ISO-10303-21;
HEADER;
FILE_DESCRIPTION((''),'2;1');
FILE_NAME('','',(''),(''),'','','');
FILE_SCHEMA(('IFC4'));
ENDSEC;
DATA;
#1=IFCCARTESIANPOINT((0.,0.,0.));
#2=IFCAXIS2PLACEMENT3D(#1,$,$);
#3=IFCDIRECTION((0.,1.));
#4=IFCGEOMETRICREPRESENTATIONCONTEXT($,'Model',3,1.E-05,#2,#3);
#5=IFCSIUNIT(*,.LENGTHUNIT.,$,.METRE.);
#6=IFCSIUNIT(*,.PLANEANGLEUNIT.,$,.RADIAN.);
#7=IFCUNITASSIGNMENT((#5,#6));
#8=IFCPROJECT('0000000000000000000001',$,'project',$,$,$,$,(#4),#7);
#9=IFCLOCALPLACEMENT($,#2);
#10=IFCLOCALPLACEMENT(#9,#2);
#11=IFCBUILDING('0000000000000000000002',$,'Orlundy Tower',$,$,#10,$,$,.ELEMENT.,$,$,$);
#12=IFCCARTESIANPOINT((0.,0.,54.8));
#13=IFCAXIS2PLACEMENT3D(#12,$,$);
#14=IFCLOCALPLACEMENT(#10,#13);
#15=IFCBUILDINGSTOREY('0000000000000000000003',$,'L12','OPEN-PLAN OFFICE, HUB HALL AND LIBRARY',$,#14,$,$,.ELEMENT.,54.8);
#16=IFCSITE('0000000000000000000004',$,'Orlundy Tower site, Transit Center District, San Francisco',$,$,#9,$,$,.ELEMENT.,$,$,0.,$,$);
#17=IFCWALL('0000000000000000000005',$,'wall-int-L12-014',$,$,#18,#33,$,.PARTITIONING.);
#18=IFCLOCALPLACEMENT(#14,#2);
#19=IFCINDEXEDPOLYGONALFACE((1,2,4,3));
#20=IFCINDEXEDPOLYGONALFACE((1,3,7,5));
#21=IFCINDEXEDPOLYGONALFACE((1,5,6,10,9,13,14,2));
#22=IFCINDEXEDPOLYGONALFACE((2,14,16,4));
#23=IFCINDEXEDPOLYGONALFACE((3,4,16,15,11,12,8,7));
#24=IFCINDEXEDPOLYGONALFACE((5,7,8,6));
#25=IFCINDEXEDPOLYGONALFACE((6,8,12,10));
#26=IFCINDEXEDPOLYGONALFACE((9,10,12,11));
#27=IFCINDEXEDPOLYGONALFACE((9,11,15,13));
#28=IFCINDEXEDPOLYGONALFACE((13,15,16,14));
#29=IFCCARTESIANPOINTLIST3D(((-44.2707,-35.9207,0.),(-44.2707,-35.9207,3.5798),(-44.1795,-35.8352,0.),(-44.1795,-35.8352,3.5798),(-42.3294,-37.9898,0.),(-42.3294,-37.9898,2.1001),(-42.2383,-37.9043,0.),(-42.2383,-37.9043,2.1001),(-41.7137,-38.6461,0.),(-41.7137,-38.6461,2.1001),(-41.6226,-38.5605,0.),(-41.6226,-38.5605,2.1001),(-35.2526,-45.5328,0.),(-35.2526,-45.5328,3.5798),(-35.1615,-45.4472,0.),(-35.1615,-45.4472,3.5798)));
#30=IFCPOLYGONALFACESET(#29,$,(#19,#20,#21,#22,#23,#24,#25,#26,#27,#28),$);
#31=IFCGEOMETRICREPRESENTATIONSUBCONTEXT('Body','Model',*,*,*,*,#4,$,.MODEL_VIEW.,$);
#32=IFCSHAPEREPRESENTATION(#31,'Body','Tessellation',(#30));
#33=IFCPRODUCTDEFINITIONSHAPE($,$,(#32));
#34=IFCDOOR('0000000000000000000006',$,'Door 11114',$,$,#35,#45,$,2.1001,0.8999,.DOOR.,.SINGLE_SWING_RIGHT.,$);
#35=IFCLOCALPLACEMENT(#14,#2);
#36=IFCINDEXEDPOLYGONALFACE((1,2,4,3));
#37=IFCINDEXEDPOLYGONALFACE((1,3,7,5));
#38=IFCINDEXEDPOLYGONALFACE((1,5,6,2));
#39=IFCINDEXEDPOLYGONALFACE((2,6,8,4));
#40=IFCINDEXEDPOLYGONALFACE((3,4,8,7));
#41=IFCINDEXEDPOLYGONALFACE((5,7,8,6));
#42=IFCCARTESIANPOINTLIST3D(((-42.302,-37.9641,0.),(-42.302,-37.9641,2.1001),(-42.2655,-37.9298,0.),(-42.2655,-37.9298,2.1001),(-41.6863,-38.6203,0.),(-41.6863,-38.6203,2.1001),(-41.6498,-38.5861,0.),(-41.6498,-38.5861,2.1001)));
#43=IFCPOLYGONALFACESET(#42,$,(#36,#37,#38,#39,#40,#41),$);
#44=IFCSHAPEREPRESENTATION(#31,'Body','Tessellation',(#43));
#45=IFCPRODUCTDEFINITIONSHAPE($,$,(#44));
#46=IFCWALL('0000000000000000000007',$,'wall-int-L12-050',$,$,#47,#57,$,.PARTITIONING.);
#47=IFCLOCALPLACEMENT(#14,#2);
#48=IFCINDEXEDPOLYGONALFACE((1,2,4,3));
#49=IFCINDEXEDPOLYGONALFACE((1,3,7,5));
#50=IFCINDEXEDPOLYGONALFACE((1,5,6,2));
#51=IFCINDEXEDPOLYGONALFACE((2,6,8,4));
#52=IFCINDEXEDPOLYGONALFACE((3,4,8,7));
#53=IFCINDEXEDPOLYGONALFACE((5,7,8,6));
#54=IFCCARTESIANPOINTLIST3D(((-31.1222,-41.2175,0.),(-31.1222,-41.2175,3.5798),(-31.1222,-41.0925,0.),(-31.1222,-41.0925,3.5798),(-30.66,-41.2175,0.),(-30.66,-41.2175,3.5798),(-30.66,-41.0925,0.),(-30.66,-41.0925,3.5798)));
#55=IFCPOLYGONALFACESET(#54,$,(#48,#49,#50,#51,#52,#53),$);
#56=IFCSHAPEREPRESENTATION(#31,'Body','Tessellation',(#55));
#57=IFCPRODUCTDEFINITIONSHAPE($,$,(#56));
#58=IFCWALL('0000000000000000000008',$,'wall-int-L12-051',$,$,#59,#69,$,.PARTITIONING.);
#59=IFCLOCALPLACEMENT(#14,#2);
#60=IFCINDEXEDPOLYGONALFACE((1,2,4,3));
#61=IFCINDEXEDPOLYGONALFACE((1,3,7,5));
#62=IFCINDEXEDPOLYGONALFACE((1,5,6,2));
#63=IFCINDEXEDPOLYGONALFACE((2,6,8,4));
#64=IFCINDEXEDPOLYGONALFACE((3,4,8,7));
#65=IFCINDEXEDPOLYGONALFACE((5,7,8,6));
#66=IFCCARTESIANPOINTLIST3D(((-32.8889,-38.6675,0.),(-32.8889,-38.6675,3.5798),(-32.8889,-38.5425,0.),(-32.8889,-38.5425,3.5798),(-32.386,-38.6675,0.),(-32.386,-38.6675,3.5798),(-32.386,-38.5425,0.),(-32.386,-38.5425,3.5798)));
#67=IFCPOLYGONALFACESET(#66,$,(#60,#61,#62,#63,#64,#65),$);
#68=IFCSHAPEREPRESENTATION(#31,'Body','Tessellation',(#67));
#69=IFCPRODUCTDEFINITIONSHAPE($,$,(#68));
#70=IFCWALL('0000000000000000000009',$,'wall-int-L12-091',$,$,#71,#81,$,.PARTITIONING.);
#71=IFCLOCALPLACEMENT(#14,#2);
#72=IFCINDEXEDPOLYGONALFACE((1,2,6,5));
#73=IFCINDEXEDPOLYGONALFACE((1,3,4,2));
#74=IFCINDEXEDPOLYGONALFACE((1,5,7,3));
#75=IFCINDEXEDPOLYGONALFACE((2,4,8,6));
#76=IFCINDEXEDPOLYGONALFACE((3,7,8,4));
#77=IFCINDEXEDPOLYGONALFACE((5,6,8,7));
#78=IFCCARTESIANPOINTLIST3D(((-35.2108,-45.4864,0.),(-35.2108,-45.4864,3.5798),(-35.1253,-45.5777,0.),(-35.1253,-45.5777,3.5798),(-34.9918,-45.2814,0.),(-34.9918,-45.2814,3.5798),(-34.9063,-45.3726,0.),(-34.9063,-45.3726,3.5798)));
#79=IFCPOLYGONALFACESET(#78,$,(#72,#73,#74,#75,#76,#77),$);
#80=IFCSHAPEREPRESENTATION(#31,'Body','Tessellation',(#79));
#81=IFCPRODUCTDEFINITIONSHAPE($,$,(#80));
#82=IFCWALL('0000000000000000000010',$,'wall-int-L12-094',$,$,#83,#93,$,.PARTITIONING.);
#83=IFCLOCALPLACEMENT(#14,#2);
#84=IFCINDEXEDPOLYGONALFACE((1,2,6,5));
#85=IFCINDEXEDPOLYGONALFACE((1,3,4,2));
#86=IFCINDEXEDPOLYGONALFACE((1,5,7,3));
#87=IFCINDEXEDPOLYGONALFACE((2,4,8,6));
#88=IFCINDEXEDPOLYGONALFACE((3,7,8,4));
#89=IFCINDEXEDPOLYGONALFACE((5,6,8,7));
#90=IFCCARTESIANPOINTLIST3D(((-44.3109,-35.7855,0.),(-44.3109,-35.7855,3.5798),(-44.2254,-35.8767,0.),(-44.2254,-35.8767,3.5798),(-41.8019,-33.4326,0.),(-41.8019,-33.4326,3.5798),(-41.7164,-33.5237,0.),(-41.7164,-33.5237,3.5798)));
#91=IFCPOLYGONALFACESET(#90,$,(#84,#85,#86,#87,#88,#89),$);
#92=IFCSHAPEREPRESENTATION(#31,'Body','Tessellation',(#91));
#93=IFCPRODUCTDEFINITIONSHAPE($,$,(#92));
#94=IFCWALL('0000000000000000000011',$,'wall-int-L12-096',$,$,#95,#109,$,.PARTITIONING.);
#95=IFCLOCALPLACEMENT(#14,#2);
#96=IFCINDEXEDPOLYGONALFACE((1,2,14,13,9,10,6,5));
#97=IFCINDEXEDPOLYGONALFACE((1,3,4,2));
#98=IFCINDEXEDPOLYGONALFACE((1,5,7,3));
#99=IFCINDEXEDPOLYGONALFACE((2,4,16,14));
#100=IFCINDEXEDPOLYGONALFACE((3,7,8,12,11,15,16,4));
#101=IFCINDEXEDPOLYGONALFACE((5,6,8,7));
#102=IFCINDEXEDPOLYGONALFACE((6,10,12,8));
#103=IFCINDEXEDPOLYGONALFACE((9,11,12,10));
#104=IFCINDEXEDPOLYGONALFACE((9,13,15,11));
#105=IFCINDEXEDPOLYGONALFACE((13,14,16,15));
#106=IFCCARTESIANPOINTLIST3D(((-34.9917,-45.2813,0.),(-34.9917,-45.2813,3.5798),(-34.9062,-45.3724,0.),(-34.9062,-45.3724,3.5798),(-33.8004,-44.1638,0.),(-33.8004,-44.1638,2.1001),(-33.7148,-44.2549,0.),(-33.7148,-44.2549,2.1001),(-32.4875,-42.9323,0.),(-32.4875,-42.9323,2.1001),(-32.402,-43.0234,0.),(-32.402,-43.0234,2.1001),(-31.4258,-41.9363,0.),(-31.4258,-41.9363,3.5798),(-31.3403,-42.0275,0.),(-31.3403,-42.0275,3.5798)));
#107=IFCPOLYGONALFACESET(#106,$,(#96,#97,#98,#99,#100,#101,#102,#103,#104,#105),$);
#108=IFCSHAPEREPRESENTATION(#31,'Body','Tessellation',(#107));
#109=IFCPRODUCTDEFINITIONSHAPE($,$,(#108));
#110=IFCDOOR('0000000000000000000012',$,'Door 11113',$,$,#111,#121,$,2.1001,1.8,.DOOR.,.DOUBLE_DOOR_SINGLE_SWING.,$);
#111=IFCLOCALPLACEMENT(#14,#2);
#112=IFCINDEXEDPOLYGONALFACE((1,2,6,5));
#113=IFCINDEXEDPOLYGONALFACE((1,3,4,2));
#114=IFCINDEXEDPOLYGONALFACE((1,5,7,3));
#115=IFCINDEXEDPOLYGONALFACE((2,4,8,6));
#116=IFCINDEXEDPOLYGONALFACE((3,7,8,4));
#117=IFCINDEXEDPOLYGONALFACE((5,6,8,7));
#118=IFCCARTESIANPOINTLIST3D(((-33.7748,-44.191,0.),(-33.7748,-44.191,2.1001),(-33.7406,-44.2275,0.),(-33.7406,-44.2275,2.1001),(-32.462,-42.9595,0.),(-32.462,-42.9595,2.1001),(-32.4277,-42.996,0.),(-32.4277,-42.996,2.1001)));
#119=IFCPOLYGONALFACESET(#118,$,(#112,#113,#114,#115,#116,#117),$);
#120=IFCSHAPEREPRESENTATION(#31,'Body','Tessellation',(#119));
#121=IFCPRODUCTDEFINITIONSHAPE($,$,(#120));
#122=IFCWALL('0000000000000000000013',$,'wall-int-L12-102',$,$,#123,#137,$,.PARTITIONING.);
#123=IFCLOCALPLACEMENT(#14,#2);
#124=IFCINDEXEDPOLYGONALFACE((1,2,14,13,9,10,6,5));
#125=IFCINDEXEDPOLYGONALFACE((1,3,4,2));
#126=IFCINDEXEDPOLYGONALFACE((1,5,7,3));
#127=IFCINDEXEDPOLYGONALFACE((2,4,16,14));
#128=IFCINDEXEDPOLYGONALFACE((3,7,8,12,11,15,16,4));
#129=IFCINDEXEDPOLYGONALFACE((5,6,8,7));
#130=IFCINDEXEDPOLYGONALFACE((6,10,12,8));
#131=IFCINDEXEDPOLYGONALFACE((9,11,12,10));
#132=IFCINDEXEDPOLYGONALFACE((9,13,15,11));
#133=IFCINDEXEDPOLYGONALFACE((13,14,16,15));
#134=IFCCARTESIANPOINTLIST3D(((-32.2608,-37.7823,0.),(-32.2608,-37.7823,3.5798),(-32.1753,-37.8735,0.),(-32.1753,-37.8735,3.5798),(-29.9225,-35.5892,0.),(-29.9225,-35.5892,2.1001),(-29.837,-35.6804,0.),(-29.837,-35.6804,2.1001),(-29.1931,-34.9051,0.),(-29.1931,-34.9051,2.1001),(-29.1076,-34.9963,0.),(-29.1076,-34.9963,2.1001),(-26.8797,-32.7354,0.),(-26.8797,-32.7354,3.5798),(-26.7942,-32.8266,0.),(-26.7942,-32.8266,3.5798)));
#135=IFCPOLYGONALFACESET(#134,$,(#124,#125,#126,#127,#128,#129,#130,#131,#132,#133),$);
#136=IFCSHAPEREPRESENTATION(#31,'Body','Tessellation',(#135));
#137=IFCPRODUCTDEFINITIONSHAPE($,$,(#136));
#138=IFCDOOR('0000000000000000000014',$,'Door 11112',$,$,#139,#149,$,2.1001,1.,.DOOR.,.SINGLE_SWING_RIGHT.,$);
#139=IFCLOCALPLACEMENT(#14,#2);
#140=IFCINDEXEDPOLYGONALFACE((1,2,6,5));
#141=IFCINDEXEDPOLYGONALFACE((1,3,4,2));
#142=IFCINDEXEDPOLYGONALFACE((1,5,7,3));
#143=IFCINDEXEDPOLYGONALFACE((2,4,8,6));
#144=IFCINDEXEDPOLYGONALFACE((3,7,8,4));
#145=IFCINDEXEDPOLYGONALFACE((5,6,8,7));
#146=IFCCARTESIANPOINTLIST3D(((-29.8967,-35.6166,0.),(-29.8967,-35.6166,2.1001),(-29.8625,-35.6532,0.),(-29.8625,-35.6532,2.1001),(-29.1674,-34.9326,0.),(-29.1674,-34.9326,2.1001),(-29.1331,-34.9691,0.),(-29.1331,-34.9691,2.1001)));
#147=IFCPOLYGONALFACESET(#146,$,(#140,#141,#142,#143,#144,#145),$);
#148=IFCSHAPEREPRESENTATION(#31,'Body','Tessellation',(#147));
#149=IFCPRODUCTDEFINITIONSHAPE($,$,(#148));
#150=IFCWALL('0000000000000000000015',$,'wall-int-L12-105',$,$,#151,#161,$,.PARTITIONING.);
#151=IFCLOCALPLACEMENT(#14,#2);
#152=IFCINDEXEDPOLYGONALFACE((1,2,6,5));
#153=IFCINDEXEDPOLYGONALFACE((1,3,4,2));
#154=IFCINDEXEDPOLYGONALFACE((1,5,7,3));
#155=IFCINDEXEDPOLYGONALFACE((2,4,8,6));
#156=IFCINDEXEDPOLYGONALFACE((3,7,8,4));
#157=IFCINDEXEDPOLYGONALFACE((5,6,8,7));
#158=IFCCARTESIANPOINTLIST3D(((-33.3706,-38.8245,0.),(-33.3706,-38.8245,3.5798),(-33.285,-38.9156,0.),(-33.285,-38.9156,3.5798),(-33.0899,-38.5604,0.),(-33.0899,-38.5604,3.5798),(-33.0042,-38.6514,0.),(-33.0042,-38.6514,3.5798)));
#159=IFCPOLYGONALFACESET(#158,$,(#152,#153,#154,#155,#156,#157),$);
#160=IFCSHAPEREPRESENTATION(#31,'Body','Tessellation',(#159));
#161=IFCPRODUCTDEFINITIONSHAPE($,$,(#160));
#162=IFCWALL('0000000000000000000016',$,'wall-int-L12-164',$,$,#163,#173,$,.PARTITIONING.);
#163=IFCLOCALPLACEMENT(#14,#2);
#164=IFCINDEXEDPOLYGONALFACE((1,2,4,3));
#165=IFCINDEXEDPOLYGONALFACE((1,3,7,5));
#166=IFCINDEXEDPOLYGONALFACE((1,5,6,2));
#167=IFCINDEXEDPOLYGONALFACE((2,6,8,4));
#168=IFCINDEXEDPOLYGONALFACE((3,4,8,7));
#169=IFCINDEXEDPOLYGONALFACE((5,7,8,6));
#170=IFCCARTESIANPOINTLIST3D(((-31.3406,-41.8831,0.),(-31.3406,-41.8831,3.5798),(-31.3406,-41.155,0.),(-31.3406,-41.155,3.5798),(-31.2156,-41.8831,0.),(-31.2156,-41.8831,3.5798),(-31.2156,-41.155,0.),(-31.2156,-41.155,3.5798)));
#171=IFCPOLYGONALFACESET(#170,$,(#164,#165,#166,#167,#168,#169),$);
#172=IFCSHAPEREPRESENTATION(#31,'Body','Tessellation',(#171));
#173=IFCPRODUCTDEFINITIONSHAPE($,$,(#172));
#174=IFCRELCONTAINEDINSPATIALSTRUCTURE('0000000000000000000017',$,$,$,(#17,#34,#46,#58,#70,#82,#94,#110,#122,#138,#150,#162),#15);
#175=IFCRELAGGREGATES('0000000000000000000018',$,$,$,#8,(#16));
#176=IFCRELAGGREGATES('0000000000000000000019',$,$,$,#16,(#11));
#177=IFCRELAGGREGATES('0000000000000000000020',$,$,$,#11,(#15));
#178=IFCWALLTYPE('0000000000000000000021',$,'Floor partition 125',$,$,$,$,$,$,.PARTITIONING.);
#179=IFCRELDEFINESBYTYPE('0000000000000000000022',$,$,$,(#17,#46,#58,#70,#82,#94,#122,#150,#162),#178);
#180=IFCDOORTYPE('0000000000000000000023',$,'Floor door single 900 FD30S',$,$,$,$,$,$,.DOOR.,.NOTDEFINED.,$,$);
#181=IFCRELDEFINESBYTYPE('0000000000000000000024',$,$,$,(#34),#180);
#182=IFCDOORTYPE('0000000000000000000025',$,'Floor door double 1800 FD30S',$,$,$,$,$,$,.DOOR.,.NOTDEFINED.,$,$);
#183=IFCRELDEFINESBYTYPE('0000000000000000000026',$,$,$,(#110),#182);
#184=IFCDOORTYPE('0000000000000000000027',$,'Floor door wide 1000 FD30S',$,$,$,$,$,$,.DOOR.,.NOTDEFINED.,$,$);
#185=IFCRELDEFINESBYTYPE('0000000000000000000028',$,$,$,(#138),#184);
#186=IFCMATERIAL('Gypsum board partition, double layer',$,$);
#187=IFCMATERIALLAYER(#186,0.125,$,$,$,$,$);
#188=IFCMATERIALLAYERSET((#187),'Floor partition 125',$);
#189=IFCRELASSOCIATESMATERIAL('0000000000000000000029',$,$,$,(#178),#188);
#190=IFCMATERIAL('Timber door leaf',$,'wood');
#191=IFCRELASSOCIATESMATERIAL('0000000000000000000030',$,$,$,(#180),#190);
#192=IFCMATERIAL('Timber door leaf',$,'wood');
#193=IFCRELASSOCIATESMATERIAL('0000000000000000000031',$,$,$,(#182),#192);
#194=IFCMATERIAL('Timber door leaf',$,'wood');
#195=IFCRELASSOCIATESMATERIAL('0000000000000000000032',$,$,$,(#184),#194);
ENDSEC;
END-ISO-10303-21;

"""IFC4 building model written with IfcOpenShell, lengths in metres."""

from ifc_helpers import new_model, si_unit, direction, frame, frame_2d, origin, place, context, subcontext, project, spatial, rectangle, extrude, material, layer, layer_set, type_object, element, fill, save


model = new_model("IFC4")

# Units and contexts
model_context = context("Model", 3, precision=1e-05, world=origin(), true_north=direction((0.0, 1.0)))
body_context = subcontext(model_context, "Body", "Model", "MODEL_VIEW")
ifc_project = project(units=[si_unit("LENGTHUNIT", "METRE"), si_unit("PLANEANGLEUNIT", "RADIAN")], contexts=[model_context])

# Site, building, storey
site_placement = place(None, origin())
site = spatial("IfcSite", under=ifc_project, at=site_placement, Name="Orlundy Tower site, Transit Center District, San Francisco", CompositionType="ELEMENT", RefElevation=0.0)
building_placement = place(site_placement, origin())
building = spatial("IfcBuilding", under=site, at=building_placement, Name="Orlundy Tower", CompositionType="ELEMENT")
storey_placement = place(building_placement, frame((0.0, 0.0, 54.8)))
storey = spatial("IfcBuildingStorey", under=building, at=storey_placement, Name="L12", Description="OPEN-PLAN OFFICE, HUB HALL AND LIBRARY", CompositionType="ELEMENT", Elevation=54.8)

# Wall, opening, door
ifc_material_1 = material(Name="Gypsum board partition, double layer")
ifc_layer_1 = layer(ifc_material_1, 0.125)
ifc_layer_set_1 = layer_set([ifc_layer_1], Name="Floor partition 125")
wall_type_1 = type_object("IfcWallType", Name="Floor partition 125", PredefinedType="PARTITIONING", material=ifc_layer_set_1)
wall_1_placement = place(storey_placement, frame((-35.207, -45.49, 0.0), z_axis=(0.0, 0.0, 1.0), x_axis=(-0.684214, 0.729281, 0.0)))
wall_1 = element("IfcWall", 1, at=wall_1_placement, inside=storey, type_object=wall_type_1, Name="wall-int-L12-014", PredefinedType="PARTITIONING", context=body_context, shape_type="SweptSolid", body=[
    extrude(rectangle(XDim=13.1802, YDim=0.125, at=frame_2d((6.5901, 0.0))), origin(), (0.0, 0.0, 1.0), 3.5798),
])
opening_1_placement = place(wall_1_placement, frame((9.4431, 0.0, 0.0)))
opening_1 = element("IfcOpeningElement", 2, at=opening_1_placement, cuts=wall_1, PredefinedType="OPENING", context=body_context, shape_type="SweptSolid", body=[
    extrude(rectangle(XDim=0.8999, YDim=2.1001, at=frame_2d((0.45, 1.05))), frame((0.0, 0.0725, 0.0), z_axis=(0.0, -1.0, 0.0), x_axis=(1.0, 0.0, 0.0)), (0.0, 0.0, 1.0), 0.145),
])
ifc_material_2 = material(Name="Timber door leaf", Category="wood")
door_type_1 = type_object("IfcDoorType", Name="Floor door single 900 FD30S", OperationType="NOTDEFINED", PredefinedType="DOOR", material=ifc_material_2)
door_1_placement = place(opening_1_placement, origin())
door_1 = element("IfcDoor", 3, at=door_1_placement, inside=storey, type_object=door_type_1, Name="Door 11114", OperationType="SINGLE_SWING_RIGHT", OverallHeight=2.1001, OverallWidth=0.8999, PredefinedType="DOOR", context=body_context, shape_type="SweptSolid", body=[
    extrude(rectangle(XDim=0.8999, YDim=2.1001, at=frame_2d((0.45, 1.05))), frame((0.0, 0.0249, 0.0), z_axis=(0.0, -1.0, 0.0), x_axis=(1.0, 0.0, 0.0)), (0.0, 0.0, 1.0), 0.05),
])
fill(opening_1, door_1)

# Walls
wall_2_placement = place(storey_placement, frame((-31.1221, -41.155, 0.0), z_axis=(0.0, 0.0, 1.0), x_axis=(1.0, 0.0, 0.0)))
element("IfcWall", 4, at=wall_2_placement, inside=storey, type_object=wall_type_1, Name="wall-int-L12-050", PredefinedType="PARTITIONING", context=body_context, shape_type="SweptSolid", body=[
    extrude(rectangle(XDim=0.4622, YDim=0.125, at=frame_2d((0.231, 0.0))), origin(), (0.0, 0.0, 1.0), 3.5798),
])
wall_3_placement = place(storey_placement, frame((-32.8889, -38.605, 0.0), z_axis=(0.0, 0.0, 1.0), x_axis=(1.0, 0.0, 0.0)))
element("IfcWall", 5, at=wall_3_placement, inside=storey, type_object=wall_type_1, Name="wall-int-L12-051", PredefinedType="PARTITIONING", context=body_context, shape_type="SweptSolid", body=[
    extrude(rectangle(XDim=0.5029, YDim=0.125, at=frame_2d((0.2515, 0.0))), origin(), (0.0, 0.0, 1.0), 3.5798),
])
wall_4_placement = place(storey_placement, frame((-35.168, -45.532, 0.0), z_axis=(0.0, 0.0, 1.0), x_axis=(0.729918, 0.683535, 0.0)))
element("IfcWall", 6, at=wall_4_placement, inside=storey, type_object=wall_type_1, Name="wall-int-L12-091", PredefinedType="PARTITIONING", context=body_context, shape_type="SweptSolid", body=[
    extrude(rectangle(XDim=0.3, YDim=0.125, at=frame_2d((0.1499, 0.0))), origin(), (0.0, 0.0, 1.0), 3.5798),
])
wall_5_placement = place(storey_placement, frame((-44.2681, -35.8311, 0.0), z_axis=(0.0, 0.0, 1.0), x_axis=(0.72942, 0.684066, 0.0)))
element("IfcWall", 7, at=wall_5_placement, inside=storey, type_object=wall_type_1, Name="wall-int-L12-094", PredefinedType="PARTITIONING", context=body_context, shape_type="SweptSolid", body=[
    extrude(rectangle(XDim=3.4397, YDim=0.125, at=frame_2d((1.7197, 0.0))), origin(), (0.0, 0.0, 1.0), 3.5798),
])

# Walls, openings, doors
wall_6_placement = place(storey_placement, frame((-31.3831, -41.9819, 0.0), z_axis=(0.0, 0.0, 1.0), x_axis=(-0.729341, -0.68415, 0.0)))
wall_6 = element("IfcWall", 8, at=wall_6_placement, inside=storey, type_object=wall_type_1, Name="wall-int-L12-096", PredefinedType="PARTITIONING", context=body_context, shape_type="SweptSolid", body=[
    extrude(rectangle(XDim=4.8892, YDim=0.125, at=frame_2d((2.4446, 0.0))), origin(), (0.0, 0.0, 1.0), 3.5798),
])
opening_2_placement = place(wall_6_placement, frame((1.4558, 0.0, 0.0)))
opening_2 = element("IfcOpeningElement", 9, at=opening_2_placement, cuts=wall_6, PredefinedType="OPENING", context=body_context, shape_type="SweptSolid", body=[
    extrude(rectangle(XDim=1.8, YDim=2.1001, at=frame_2d((0.8999, 1.05))), frame((0.0, 0.0725, 0.0), z_axis=(0.0, -1.0, 0.0), x_axis=(1.0, 0.0, 0.0)), (0.0, 0.0, 1.0), 0.145),
])
ifc_material_3 = material(Name="Timber door leaf", Category="wood")
door_type_2 = type_object("IfcDoorType", Name="Floor door double 1800 FD30S", OperationType="NOTDEFINED", PredefinedType="DOOR", material=ifc_material_3)
door_2_placement = place(opening_2_placement, origin())
door_2 = element("IfcDoor", 10, at=door_2_placement, inside=storey, type_object=door_type_2, Name="Door 11113", OperationType="DOUBLE_DOOR_SINGLE_SWING", OverallHeight=2.1001, OverallWidth=1.8, PredefinedType="DOOR", context=body_context, shape_type="SweptSolid", body=[
    extrude(rectangle(XDim=1.8, YDim=2.1001, at=frame_2d((0.8999, 1.05))), frame((0.0, 0.0249, 0.0), z_axis=(0.0, -1.0, 0.0), x_axis=(1.0, 0.0, 0.0)), (0.0, 0.0, 1.0), 0.05),
])
fill(opening_2, door_2)
wall_7_placement = place(storey_placement, frame((-32.218, -37.8279, 0.0), z_axis=(0.0, 0.0, 1.0), x_axis=(0.729396, 0.684092, 0.0)))
wall_7 = element("IfcWall", 11, at=wall_7_placement, inside=storey, type_object=wall_type_1, Name="wall-int-L12-102", PredefinedType="PARTITIONING", context=body_context, shape_type="SweptSolid", body=[
    extrude(rectangle(XDim=7.3774, YDim=0.125, at=frame_2d((3.6887, 0.0))), origin(), (0.0, 0.0, 1.0), 3.5798),
])
opening_3_placement = place(wall_7_placement, frame((3.2058, 0.0, 0.0)))
opening_3 = element("IfcOpeningElement", 12, at=opening_3_placement, cuts=wall_7, PredefinedType="OPENING", context=body_context, shape_type="SweptSolid", body=[
    extrude(rectangle(XDim=1.0, YDim=2.1001, at=frame_2d((0.5, 1.05))), frame((0.0, 0.0725, 0.0), z_axis=(0.0, -1.0, 0.0), x_axis=(1.0, 0.0, 0.0)), (0.0, 0.0, 1.0), 0.145),
])
ifc_material_4 = material(Name="Timber door leaf", Category="wood")
door_type_3 = type_object("IfcDoorType", Name="Floor door wide 1000 FD30S", OperationType="NOTDEFINED", PredefinedType="DOOR", material=ifc_material_4)
door_3_placement = place(opening_3_placement, origin())
door_3 = element("IfcDoor", 13, at=door_3_placement, inside=storey, type_object=door_type_3, Name="Door 11112", OperationType="SINGLE_SWING_RIGHT", OverallHeight=2.1001, OverallWidth=1.0, PredefinedType="DOOR", context=body_context, shape_type="SweptSolid", body=[
    extrude(rectangle(XDim=1.0, YDim=2.1001, at=frame_2d((0.5, 1.05))), frame((0.0, 0.0249, 0.0), z_axis=(0.0, -1.0, 0.0), x_axis=(1.0, 0.0, 0.0)), (0.0, 0.0, 1.0), 0.05),
])
fill(opening_3, door_3)

# Walls
wall_8_placement = place(storey_placement, frame((-33.3279, -38.8701, 0.0), z_axis=(0.0, 0.0, 1.0), x_axis=(0.728312, 0.685246, 0.0)))
element("IfcWall", 14, at=wall_8_placement, inside=storey, type_object=wall_type_1, Name="wall-int-L12-105", PredefinedType="PARTITIONING", context=body_context, shape_type="SweptSolid", body=[
    extrude(rectangle(XDim=0.3855, YDim=0.125, at=frame_2d((0.1929, 0.0))), origin(), (0.0, 0.0, 1.0), 3.5798),
])
wall_9_placement = place(storey_placement, frame((-31.2781, -41.8831, 0.0), z_axis=(0.0, 0.0, 1.0), x_axis=(0.0, 1.0, 0.0)))
element("IfcWall", 15, at=wall_9_placement, inside=storey, type_object=wall_type_1, Name="wall-int-L12-164", PredefinedType="PARTITIONING", context=body_context, shape_type="SweptSolid", body=[
    extrude(rectangle(XDim=0.728, YDim=0.125, at=frame_2d((0.364, 0.0))), origin(), (0.0, 0.0, 1.0), 3.5798),
])

save(model, "model.ifc")
